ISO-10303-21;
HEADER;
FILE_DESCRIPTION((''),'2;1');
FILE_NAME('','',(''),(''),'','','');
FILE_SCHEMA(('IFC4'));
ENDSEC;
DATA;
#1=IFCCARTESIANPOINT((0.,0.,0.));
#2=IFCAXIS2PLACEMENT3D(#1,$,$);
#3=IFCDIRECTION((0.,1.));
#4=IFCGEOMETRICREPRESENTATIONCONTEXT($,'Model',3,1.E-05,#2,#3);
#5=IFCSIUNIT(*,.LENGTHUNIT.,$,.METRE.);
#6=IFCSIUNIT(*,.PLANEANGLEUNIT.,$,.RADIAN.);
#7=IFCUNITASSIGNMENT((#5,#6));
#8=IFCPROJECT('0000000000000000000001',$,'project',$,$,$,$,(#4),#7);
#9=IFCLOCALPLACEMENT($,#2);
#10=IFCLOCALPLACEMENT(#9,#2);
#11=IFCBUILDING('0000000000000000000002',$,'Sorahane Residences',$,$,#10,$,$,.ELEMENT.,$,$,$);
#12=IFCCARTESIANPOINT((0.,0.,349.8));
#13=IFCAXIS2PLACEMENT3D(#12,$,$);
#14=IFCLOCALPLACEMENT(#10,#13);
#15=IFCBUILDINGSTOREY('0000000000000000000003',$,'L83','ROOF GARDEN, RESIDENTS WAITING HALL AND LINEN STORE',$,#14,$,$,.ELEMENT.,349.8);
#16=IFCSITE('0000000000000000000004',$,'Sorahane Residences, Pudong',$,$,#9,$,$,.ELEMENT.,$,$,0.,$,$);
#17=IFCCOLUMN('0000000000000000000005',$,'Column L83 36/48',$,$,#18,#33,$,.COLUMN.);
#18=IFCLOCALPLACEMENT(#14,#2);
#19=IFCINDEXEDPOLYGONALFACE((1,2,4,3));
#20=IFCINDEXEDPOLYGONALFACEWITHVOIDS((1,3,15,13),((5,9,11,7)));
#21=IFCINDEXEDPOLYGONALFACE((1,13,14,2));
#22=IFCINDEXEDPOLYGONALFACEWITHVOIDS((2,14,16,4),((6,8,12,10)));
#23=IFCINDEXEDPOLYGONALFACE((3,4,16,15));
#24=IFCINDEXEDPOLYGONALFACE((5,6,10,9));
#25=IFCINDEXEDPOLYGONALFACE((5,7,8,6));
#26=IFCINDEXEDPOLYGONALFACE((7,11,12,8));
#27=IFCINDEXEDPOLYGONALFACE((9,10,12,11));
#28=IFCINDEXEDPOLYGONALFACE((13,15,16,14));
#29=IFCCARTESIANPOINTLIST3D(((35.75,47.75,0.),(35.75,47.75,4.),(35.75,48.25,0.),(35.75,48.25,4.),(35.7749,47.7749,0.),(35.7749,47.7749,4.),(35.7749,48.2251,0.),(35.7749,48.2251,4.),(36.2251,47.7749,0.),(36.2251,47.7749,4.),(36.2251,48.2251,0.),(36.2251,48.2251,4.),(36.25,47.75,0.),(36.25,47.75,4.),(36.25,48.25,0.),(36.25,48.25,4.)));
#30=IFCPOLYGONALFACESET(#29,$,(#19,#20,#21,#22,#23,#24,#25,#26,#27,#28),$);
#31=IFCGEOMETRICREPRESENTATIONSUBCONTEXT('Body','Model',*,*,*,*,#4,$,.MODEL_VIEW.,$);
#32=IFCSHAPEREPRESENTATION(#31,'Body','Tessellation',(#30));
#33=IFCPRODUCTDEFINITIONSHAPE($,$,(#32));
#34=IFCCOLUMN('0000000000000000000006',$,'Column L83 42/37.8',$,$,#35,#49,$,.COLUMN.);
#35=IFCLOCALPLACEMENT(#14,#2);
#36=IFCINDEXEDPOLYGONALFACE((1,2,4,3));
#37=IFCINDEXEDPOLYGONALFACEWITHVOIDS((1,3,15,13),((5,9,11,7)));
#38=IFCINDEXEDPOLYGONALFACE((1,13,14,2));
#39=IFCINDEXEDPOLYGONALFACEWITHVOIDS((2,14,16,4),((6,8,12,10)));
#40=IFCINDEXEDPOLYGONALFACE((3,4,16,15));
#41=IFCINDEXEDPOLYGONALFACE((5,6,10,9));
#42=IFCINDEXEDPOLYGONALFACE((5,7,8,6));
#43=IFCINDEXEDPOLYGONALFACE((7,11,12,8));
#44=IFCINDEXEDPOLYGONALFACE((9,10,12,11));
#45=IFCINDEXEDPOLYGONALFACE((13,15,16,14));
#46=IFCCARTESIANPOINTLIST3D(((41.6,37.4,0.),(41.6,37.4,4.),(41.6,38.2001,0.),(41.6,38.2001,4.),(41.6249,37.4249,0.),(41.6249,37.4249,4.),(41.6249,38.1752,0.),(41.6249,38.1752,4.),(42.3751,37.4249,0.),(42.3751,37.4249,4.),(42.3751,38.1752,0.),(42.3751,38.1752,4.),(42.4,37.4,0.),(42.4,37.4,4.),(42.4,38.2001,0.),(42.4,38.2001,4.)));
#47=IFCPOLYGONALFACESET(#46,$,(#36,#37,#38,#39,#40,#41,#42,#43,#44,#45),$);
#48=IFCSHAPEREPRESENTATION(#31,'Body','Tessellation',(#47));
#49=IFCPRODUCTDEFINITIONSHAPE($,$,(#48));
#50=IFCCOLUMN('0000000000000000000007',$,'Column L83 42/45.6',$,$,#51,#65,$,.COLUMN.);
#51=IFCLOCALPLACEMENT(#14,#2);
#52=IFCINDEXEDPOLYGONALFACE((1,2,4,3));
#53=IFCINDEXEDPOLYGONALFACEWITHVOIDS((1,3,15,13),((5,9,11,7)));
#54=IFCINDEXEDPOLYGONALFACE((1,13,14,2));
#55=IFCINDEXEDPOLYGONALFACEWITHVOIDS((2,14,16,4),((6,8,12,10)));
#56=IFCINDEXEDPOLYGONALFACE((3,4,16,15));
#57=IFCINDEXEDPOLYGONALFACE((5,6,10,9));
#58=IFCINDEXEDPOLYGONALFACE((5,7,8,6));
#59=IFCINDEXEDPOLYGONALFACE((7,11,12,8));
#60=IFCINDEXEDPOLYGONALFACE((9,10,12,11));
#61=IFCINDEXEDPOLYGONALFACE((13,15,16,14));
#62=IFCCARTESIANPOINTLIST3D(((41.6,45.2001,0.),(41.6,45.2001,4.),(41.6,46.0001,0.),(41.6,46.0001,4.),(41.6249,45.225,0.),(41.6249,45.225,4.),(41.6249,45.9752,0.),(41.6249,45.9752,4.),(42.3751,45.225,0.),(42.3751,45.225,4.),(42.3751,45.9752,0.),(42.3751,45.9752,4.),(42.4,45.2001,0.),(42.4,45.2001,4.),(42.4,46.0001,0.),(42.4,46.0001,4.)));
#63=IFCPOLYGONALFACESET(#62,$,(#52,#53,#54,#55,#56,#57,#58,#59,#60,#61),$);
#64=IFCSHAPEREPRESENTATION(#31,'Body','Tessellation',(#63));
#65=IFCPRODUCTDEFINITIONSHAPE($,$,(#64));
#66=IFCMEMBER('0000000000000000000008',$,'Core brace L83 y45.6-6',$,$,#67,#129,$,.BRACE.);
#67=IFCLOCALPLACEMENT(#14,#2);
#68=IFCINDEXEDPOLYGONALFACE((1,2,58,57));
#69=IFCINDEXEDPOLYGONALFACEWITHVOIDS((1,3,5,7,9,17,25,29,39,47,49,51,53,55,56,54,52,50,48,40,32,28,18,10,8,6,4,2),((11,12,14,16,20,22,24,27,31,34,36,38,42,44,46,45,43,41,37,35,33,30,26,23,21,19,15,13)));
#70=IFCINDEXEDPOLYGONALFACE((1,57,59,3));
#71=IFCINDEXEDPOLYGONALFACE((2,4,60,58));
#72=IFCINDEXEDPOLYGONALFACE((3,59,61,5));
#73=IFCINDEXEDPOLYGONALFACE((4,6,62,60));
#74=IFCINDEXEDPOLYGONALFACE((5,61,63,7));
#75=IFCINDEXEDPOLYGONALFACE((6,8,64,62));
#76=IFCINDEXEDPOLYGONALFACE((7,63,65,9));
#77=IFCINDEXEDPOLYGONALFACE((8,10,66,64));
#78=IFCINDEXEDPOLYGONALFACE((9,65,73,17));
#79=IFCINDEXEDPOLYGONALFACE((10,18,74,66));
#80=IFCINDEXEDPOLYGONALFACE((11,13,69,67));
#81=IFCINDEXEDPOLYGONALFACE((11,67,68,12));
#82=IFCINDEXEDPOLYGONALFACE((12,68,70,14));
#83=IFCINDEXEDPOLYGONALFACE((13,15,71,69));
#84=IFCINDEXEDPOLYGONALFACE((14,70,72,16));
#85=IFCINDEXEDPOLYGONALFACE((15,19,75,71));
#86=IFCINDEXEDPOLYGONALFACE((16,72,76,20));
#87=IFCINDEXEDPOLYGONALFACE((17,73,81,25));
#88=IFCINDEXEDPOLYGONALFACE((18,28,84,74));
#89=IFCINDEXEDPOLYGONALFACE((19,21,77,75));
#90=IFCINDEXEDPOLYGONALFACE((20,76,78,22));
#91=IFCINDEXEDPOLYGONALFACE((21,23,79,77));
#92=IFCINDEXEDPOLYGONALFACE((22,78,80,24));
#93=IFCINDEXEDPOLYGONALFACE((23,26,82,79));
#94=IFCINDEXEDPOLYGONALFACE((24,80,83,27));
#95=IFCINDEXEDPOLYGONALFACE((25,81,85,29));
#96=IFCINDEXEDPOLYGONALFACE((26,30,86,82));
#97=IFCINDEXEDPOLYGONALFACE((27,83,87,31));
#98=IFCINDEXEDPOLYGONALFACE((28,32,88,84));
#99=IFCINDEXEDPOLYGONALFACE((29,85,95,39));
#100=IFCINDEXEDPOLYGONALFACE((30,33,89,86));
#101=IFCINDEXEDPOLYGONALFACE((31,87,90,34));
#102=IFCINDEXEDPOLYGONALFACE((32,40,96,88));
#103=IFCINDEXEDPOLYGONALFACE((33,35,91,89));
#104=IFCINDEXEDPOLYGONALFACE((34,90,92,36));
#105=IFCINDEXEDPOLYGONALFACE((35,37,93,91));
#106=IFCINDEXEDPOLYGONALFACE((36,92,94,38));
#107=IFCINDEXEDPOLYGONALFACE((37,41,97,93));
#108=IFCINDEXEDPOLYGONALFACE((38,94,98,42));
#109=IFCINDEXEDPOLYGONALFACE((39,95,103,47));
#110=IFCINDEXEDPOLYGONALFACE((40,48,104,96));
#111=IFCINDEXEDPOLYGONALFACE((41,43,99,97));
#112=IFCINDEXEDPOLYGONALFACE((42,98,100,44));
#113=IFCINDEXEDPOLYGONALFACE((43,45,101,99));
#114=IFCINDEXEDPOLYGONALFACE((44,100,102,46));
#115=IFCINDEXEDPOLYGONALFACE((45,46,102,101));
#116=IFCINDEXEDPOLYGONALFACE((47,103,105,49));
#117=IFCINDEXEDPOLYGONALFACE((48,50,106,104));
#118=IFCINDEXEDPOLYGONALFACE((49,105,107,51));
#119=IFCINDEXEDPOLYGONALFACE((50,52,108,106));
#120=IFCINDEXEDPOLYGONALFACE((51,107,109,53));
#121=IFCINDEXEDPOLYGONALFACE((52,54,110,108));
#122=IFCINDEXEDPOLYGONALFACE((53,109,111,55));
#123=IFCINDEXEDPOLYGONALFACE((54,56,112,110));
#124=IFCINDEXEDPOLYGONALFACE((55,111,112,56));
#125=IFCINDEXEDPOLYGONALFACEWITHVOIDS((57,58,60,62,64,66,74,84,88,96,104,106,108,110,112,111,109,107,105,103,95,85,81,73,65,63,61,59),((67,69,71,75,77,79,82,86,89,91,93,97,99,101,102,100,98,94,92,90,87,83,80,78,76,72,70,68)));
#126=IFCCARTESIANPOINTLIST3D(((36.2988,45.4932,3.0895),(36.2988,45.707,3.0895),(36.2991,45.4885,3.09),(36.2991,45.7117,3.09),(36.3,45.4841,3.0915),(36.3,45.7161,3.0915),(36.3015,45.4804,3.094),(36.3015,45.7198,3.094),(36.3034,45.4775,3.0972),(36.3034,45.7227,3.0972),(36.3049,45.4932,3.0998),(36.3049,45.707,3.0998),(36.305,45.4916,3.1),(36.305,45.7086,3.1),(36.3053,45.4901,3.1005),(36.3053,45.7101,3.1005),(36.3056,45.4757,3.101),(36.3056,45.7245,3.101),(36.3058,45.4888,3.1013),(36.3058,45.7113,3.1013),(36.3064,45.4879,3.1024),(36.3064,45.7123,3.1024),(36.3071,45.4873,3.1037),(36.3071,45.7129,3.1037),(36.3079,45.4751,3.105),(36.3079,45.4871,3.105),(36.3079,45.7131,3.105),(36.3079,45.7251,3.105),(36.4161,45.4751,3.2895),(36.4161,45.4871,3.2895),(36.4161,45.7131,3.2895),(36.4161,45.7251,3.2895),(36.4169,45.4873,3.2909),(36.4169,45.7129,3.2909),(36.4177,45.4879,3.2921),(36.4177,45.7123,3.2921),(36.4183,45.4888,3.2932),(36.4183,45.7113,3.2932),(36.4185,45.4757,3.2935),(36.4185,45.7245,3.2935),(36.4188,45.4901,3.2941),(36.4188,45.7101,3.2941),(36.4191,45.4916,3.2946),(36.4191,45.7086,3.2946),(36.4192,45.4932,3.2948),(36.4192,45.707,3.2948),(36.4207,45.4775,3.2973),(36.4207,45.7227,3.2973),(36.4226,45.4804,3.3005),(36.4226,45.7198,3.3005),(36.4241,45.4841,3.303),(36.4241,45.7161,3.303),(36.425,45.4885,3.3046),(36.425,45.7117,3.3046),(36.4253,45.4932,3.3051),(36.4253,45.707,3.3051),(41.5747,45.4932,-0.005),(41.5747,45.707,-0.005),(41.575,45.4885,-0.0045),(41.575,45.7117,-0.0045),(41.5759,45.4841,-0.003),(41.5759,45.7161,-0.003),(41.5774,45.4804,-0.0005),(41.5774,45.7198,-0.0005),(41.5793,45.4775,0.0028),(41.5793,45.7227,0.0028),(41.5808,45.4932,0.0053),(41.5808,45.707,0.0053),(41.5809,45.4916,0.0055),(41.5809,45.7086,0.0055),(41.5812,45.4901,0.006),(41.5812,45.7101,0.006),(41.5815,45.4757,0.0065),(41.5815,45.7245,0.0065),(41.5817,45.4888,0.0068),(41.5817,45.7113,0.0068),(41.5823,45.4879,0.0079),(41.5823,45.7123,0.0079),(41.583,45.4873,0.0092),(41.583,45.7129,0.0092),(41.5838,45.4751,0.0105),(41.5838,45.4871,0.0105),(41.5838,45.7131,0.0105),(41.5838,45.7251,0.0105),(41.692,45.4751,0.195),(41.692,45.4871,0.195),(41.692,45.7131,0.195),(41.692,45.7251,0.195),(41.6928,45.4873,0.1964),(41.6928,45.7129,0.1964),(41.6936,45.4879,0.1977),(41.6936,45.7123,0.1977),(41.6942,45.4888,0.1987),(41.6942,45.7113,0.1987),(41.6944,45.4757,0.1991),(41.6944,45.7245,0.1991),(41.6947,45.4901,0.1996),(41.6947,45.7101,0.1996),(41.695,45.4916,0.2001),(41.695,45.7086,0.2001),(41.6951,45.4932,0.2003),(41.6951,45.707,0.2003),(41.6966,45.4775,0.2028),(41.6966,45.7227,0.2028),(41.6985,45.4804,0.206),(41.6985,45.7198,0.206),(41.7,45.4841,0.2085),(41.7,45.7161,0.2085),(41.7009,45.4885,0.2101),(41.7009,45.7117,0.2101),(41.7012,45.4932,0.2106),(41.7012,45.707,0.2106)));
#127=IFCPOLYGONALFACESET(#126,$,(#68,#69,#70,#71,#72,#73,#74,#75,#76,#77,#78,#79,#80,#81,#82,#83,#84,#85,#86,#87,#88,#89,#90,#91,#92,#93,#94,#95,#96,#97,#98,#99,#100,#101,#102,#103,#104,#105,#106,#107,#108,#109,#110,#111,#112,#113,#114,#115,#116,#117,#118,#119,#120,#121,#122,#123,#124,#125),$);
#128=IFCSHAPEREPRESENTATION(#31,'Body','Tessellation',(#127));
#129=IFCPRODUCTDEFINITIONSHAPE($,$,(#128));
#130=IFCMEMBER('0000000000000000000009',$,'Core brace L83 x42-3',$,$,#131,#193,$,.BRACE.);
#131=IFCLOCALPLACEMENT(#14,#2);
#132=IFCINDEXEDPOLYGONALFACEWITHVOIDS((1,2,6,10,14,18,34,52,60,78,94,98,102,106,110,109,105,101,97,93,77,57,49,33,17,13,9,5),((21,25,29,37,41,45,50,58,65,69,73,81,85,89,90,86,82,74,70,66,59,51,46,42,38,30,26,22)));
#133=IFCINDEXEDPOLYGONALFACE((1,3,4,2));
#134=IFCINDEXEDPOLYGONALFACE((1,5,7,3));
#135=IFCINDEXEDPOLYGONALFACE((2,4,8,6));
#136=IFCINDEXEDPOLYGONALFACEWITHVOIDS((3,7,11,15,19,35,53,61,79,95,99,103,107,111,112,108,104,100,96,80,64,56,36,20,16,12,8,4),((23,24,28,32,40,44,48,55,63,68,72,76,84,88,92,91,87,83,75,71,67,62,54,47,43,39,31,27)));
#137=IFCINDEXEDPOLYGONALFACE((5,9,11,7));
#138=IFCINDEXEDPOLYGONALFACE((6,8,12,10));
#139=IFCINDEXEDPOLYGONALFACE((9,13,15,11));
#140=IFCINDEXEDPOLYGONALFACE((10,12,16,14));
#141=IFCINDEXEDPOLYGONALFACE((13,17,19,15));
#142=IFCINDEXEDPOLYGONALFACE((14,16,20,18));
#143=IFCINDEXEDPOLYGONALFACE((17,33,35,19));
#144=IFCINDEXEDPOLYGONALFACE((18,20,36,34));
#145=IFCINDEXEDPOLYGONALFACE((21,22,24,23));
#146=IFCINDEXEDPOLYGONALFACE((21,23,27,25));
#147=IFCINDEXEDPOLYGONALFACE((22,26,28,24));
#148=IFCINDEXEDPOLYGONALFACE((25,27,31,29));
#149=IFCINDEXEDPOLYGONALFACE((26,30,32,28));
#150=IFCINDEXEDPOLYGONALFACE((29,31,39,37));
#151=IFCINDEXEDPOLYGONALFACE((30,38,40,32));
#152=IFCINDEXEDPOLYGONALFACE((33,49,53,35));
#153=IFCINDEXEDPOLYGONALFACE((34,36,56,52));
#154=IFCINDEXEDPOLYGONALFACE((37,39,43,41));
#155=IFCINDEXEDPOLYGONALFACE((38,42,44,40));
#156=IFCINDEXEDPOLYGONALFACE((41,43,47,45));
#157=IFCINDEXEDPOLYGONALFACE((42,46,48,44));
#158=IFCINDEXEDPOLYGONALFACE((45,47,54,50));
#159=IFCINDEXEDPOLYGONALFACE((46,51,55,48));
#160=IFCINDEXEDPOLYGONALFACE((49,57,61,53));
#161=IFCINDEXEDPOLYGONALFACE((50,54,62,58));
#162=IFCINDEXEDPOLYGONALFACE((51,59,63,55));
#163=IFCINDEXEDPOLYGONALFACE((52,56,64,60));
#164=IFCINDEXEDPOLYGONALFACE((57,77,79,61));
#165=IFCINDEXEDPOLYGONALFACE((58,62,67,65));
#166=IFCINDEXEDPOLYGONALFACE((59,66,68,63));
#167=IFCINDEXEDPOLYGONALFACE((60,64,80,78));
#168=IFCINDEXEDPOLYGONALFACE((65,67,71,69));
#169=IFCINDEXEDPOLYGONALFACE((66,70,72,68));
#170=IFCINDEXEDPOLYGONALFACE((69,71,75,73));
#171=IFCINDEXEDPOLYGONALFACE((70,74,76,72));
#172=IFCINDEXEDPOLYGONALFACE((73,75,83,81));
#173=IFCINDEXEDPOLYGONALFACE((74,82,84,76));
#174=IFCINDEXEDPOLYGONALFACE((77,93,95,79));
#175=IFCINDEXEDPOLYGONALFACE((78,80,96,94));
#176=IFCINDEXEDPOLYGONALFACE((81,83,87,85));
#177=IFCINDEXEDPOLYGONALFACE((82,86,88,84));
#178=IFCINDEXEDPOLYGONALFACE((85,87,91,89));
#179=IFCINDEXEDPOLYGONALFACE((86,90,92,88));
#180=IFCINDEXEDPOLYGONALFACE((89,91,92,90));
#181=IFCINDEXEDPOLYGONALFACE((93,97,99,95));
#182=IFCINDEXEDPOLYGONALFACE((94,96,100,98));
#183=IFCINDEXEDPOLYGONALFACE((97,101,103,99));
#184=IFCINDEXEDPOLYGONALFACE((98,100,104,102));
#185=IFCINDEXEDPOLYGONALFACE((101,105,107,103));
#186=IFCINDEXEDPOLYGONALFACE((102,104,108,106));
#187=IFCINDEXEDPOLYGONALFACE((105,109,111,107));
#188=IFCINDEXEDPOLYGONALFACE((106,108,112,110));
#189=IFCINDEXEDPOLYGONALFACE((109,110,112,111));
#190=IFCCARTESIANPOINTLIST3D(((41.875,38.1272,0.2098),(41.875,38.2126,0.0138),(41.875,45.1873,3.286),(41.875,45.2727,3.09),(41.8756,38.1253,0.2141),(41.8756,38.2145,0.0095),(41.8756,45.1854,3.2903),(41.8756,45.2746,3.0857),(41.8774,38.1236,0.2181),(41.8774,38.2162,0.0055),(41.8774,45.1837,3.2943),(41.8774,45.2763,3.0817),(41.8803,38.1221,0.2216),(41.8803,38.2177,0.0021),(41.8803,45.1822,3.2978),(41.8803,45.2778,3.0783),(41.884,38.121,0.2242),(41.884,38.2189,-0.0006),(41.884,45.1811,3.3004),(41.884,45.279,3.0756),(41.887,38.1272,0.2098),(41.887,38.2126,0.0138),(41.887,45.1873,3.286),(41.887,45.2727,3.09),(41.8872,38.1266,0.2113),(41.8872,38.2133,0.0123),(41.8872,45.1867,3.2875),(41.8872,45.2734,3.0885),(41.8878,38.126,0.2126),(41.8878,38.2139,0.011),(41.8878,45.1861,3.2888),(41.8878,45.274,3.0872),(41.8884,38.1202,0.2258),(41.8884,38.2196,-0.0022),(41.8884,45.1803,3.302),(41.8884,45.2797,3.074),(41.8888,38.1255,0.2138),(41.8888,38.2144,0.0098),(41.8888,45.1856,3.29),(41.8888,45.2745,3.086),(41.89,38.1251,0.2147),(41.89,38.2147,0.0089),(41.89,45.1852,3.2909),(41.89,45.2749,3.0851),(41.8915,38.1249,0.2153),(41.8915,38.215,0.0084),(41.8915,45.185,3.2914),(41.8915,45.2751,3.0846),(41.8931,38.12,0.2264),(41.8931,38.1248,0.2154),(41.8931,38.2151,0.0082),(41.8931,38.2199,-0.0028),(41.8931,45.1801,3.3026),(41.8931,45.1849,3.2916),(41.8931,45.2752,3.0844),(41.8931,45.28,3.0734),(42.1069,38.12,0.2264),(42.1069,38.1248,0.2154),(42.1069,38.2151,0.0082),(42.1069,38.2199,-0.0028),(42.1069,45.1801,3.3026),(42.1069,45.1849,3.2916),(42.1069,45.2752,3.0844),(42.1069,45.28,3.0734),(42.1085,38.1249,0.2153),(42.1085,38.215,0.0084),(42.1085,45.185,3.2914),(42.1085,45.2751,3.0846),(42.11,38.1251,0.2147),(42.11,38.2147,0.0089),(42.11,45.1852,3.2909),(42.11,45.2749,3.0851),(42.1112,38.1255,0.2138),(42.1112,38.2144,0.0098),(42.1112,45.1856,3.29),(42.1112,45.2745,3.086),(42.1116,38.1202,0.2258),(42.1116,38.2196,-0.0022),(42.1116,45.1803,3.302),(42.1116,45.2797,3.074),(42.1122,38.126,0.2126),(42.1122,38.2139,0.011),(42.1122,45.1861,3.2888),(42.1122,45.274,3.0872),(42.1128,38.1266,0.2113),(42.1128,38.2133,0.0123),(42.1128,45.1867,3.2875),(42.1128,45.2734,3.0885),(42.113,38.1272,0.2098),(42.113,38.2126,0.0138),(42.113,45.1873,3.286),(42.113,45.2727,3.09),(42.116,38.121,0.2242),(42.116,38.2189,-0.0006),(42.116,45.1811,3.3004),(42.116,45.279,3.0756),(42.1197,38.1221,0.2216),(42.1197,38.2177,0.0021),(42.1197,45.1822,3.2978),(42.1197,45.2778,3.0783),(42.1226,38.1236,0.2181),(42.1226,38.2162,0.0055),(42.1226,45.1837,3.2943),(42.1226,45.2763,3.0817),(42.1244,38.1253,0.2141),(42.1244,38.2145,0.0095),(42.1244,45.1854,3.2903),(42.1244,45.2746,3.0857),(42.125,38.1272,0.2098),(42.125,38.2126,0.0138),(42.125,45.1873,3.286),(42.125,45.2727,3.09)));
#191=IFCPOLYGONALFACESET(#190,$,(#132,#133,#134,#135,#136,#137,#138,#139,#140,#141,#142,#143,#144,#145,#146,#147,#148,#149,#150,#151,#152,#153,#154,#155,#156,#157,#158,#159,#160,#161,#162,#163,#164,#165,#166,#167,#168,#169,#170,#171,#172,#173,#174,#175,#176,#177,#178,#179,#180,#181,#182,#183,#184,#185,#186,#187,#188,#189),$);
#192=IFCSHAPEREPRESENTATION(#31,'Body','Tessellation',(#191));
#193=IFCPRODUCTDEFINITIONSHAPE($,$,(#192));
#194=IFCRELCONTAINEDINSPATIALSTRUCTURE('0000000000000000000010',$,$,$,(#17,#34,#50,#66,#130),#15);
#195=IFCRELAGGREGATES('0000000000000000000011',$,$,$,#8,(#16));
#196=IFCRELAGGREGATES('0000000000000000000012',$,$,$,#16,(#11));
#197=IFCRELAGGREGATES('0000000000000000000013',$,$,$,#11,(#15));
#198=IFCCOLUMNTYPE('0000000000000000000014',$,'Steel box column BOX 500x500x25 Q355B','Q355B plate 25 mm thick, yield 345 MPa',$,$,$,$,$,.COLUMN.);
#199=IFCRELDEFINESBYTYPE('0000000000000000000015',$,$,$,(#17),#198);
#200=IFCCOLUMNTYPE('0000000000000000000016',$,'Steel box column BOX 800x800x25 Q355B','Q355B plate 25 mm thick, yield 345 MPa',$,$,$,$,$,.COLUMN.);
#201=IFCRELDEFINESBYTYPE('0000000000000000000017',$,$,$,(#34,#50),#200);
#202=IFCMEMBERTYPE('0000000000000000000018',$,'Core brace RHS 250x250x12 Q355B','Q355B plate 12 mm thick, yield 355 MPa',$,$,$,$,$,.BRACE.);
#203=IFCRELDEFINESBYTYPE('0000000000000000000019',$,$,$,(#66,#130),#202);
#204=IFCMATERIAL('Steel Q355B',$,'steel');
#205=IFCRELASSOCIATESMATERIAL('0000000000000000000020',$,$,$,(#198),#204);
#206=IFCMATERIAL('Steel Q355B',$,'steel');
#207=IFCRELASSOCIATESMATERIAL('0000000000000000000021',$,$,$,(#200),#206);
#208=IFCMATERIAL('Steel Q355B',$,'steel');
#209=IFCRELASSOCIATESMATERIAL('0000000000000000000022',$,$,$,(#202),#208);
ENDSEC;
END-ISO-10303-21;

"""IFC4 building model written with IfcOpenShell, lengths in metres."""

from ifc_helpers import new_model, si_unit, direction, frame, origin, origin_2d, place, context, subcontext, project, spatial, hollow_rectangle, extrude, material, material_profile, profile_set, type_object, element, save


model = new_model("IFC4")

# Units and contexts
model_context = context("Model", 3, precision=1e-05, world=origin(), true_north=direction((0.0, 1.0)))
body_context = subcontext(model_context, "Body", "Model", "MODEL_VIEW")
ifc_project = project(units=[si_unit("LENGTHUNIT", "METRE"), si_unit("PLANEANGLEUNIT", "RADIAN")], contexts=[model_context])

# Site, building, storey
site_placement = place(None, origin())
site = spatial("IfcSite", under=ifc_project, at=site_placement, Name="Sorahane Residences, Pudong", CompositionType="ELEMENT", RefElevation=0.0)
building_placement = place(site_placement, origin())
building = spatial("IfcBuilding", under=site, at=building_placement, Name="Sorahane Residences", CompositionType="ELEMENT")
storey_placement = place(building_placement, frame((0.0, 0.0, 349.8)))
storey = spatial("IfcBuildingStorey", under=building, at=storey_placement, Name="L83", Description="ROOF GARDEN, RESIDENTS WAITING HALL AND LINEN STORE", CompositionType="ELEMENT", Elevation=349.8)

# Columns
ifc_material_1 = material(Name="Steel Q355B", Category="steel")
ifc_material_profile_1 = material_profile(ifc_material_1, hollow_rectangle(XDim=0.5, YDim=0.5, WallThickness=0.0249, at=origin_2d()), Name="BOX 500x500x25")
ifc_profile_set_1 = profile_set([ifc_material_profile_1], Name="Steel Q355B")
column_type_1 = type_object("IfcColumnType", Name="Steel box column BOX 500x500x25 Q355B", Description="Q355B plate 25 mm thick, yield 345 MPa", PredefinedType="COLUMN", material=ifc_profile_set_1)
column_placement = place(storey_placement, frame((36.0, 48.0, 0.0), z_axis=(0.0, 0.0, 1.0), x_axis=(1.0, 0.0, 0.0)))
element("IfcColumn", 1, at=column_placement, inside=storey, type_object=column_type_1, Name="Column L83 36/48", PredefinedType="COLUMN", context=body_context, shape_type="SweptSolid", body=[
    extrude(hollow_rectangle(XDim=0.5, YDim=0.5, WallThickness=0.0249, at=origin_2d()), origin(), (0.0, 0.0, 1.0), 4.0),
])
ifc_material_2 = material(Name="Steel Q355B", Category="steel")
ifc_material_profile_2 = material_profile(ifc_material_2, hollow_rectangle(XDim=0.8, YDim=0.8, WallThickness=0.0249, at=origin_2d()), Name="BOX 800x800x25")
ifc_profile_set_2 = profile_set([ifc_material_profile_2], Name="Steel Q355B")
column_type_2 = type_object("IfcColumnType", Name="Steel box column BOX 800x800x25 Q355B", Description="Q355B plate 25 mm thick, yield 345 MPa", PredefinedType="COLUMN", material=ifc_profile_set_2)
for number, where, z_axis, x_axis, name in (
    (2, (42.0, 37.8, 0.0), (0.0, 0.0, 1.0), (1.0, 0.0, 0.0), "Column L83 42/37.8"),
    (3, (42.0, 45.6001, 0.0), (0.0, 0.0, 1.0), (1.0, 0.0, 0.0), "Column L83 42/45.6"),
):
    element("IfcColumn", number, at=place(storey_placement, frame(where, z_axis=z_axis, x_axis=x_axis)), inside=storey, type_object=column_type_2, Name=name, PredefinedType="COLUMN", context=body_context, shape_type="SweptSolid", body=[
        extrude(hollow_rectangle(XDim=0.8, YDim=0.8, WallThickness=0.0249, at=origin_2d()), origin(), (0.0, 0.0, 1.0), 4.0),
    ])

# Members
ifc_material_3 = material(Name="Steel Q355B", Category="steel")
ifc_material_profile_3 = material_profile(ifc_material_3, hollow_rectangle(XDim=0.25, YDim=0.25, WallThickness=0.012, InnerFilletRadius=0.0061, OuterFilletRadius=0.0181, at=origin_2d()), Name="RHS 250x250x12")
ifc_profile_set_3 = profile_set([ifc_material_profile_3], Name="Steel Q355B")
member_type_1 = type_object("IfcMemberType", Name="Core brace RHS 250x250x12 Q355B", Description="Q355B plate 12 mm thick, yield 355 MPa", PredefinedType="BRACE", material=ifc_profile_set_3)
member_1_placement = place(storey_placement, frame((41.6379, 45.6001, 0.1028), z_axis=(-0.862575, 0.0, 0.505929), x_axis=(0.0, -1.0, 0.0)))
element("IfcMember", 4, at=member_1_placement, inside=storey, type_object=member_type_1, Name="Core brace L83 y45.6-6", PredefinedType="BRACE", context=body_context, shape_type="SweptSolid", body=[
    extrude(hollow_rectangle(XDim=0.25, YDim=0.25, WallThickness=0.012, InnerFilletRadius=0.0061, OuterFilletRadius=0.0181, at=origin_2d()), origin(), (0.0, 0.0, 1.0), 6.1165),
])
member_2_placement = place(storey_placement, frame((42.0, 38.1699, 0.1118), z_axis=(0.0, 0.916757, 0.399445), x_axis=(-1.0, 0.0, 0.0)))
element("IfcMember", 5, at=member_2_placement, inside=storey, type_object=member_type_1, Name="Core brace L83 x42-3", PredefinedType="BRACE", context=body_context, shape_type="SweptSolid", body=[
    extrude(hollow_rectangle(XDim=0.25, YDim=0.25, WallThickness=0.012, InnerFilletRadius=0.0061, OuterFilletRadius=0.0181, at=origin_2d()), origin(), (0.0, 0.0, 1.0), 7.7012),
])

save(model, "model.ifc")
